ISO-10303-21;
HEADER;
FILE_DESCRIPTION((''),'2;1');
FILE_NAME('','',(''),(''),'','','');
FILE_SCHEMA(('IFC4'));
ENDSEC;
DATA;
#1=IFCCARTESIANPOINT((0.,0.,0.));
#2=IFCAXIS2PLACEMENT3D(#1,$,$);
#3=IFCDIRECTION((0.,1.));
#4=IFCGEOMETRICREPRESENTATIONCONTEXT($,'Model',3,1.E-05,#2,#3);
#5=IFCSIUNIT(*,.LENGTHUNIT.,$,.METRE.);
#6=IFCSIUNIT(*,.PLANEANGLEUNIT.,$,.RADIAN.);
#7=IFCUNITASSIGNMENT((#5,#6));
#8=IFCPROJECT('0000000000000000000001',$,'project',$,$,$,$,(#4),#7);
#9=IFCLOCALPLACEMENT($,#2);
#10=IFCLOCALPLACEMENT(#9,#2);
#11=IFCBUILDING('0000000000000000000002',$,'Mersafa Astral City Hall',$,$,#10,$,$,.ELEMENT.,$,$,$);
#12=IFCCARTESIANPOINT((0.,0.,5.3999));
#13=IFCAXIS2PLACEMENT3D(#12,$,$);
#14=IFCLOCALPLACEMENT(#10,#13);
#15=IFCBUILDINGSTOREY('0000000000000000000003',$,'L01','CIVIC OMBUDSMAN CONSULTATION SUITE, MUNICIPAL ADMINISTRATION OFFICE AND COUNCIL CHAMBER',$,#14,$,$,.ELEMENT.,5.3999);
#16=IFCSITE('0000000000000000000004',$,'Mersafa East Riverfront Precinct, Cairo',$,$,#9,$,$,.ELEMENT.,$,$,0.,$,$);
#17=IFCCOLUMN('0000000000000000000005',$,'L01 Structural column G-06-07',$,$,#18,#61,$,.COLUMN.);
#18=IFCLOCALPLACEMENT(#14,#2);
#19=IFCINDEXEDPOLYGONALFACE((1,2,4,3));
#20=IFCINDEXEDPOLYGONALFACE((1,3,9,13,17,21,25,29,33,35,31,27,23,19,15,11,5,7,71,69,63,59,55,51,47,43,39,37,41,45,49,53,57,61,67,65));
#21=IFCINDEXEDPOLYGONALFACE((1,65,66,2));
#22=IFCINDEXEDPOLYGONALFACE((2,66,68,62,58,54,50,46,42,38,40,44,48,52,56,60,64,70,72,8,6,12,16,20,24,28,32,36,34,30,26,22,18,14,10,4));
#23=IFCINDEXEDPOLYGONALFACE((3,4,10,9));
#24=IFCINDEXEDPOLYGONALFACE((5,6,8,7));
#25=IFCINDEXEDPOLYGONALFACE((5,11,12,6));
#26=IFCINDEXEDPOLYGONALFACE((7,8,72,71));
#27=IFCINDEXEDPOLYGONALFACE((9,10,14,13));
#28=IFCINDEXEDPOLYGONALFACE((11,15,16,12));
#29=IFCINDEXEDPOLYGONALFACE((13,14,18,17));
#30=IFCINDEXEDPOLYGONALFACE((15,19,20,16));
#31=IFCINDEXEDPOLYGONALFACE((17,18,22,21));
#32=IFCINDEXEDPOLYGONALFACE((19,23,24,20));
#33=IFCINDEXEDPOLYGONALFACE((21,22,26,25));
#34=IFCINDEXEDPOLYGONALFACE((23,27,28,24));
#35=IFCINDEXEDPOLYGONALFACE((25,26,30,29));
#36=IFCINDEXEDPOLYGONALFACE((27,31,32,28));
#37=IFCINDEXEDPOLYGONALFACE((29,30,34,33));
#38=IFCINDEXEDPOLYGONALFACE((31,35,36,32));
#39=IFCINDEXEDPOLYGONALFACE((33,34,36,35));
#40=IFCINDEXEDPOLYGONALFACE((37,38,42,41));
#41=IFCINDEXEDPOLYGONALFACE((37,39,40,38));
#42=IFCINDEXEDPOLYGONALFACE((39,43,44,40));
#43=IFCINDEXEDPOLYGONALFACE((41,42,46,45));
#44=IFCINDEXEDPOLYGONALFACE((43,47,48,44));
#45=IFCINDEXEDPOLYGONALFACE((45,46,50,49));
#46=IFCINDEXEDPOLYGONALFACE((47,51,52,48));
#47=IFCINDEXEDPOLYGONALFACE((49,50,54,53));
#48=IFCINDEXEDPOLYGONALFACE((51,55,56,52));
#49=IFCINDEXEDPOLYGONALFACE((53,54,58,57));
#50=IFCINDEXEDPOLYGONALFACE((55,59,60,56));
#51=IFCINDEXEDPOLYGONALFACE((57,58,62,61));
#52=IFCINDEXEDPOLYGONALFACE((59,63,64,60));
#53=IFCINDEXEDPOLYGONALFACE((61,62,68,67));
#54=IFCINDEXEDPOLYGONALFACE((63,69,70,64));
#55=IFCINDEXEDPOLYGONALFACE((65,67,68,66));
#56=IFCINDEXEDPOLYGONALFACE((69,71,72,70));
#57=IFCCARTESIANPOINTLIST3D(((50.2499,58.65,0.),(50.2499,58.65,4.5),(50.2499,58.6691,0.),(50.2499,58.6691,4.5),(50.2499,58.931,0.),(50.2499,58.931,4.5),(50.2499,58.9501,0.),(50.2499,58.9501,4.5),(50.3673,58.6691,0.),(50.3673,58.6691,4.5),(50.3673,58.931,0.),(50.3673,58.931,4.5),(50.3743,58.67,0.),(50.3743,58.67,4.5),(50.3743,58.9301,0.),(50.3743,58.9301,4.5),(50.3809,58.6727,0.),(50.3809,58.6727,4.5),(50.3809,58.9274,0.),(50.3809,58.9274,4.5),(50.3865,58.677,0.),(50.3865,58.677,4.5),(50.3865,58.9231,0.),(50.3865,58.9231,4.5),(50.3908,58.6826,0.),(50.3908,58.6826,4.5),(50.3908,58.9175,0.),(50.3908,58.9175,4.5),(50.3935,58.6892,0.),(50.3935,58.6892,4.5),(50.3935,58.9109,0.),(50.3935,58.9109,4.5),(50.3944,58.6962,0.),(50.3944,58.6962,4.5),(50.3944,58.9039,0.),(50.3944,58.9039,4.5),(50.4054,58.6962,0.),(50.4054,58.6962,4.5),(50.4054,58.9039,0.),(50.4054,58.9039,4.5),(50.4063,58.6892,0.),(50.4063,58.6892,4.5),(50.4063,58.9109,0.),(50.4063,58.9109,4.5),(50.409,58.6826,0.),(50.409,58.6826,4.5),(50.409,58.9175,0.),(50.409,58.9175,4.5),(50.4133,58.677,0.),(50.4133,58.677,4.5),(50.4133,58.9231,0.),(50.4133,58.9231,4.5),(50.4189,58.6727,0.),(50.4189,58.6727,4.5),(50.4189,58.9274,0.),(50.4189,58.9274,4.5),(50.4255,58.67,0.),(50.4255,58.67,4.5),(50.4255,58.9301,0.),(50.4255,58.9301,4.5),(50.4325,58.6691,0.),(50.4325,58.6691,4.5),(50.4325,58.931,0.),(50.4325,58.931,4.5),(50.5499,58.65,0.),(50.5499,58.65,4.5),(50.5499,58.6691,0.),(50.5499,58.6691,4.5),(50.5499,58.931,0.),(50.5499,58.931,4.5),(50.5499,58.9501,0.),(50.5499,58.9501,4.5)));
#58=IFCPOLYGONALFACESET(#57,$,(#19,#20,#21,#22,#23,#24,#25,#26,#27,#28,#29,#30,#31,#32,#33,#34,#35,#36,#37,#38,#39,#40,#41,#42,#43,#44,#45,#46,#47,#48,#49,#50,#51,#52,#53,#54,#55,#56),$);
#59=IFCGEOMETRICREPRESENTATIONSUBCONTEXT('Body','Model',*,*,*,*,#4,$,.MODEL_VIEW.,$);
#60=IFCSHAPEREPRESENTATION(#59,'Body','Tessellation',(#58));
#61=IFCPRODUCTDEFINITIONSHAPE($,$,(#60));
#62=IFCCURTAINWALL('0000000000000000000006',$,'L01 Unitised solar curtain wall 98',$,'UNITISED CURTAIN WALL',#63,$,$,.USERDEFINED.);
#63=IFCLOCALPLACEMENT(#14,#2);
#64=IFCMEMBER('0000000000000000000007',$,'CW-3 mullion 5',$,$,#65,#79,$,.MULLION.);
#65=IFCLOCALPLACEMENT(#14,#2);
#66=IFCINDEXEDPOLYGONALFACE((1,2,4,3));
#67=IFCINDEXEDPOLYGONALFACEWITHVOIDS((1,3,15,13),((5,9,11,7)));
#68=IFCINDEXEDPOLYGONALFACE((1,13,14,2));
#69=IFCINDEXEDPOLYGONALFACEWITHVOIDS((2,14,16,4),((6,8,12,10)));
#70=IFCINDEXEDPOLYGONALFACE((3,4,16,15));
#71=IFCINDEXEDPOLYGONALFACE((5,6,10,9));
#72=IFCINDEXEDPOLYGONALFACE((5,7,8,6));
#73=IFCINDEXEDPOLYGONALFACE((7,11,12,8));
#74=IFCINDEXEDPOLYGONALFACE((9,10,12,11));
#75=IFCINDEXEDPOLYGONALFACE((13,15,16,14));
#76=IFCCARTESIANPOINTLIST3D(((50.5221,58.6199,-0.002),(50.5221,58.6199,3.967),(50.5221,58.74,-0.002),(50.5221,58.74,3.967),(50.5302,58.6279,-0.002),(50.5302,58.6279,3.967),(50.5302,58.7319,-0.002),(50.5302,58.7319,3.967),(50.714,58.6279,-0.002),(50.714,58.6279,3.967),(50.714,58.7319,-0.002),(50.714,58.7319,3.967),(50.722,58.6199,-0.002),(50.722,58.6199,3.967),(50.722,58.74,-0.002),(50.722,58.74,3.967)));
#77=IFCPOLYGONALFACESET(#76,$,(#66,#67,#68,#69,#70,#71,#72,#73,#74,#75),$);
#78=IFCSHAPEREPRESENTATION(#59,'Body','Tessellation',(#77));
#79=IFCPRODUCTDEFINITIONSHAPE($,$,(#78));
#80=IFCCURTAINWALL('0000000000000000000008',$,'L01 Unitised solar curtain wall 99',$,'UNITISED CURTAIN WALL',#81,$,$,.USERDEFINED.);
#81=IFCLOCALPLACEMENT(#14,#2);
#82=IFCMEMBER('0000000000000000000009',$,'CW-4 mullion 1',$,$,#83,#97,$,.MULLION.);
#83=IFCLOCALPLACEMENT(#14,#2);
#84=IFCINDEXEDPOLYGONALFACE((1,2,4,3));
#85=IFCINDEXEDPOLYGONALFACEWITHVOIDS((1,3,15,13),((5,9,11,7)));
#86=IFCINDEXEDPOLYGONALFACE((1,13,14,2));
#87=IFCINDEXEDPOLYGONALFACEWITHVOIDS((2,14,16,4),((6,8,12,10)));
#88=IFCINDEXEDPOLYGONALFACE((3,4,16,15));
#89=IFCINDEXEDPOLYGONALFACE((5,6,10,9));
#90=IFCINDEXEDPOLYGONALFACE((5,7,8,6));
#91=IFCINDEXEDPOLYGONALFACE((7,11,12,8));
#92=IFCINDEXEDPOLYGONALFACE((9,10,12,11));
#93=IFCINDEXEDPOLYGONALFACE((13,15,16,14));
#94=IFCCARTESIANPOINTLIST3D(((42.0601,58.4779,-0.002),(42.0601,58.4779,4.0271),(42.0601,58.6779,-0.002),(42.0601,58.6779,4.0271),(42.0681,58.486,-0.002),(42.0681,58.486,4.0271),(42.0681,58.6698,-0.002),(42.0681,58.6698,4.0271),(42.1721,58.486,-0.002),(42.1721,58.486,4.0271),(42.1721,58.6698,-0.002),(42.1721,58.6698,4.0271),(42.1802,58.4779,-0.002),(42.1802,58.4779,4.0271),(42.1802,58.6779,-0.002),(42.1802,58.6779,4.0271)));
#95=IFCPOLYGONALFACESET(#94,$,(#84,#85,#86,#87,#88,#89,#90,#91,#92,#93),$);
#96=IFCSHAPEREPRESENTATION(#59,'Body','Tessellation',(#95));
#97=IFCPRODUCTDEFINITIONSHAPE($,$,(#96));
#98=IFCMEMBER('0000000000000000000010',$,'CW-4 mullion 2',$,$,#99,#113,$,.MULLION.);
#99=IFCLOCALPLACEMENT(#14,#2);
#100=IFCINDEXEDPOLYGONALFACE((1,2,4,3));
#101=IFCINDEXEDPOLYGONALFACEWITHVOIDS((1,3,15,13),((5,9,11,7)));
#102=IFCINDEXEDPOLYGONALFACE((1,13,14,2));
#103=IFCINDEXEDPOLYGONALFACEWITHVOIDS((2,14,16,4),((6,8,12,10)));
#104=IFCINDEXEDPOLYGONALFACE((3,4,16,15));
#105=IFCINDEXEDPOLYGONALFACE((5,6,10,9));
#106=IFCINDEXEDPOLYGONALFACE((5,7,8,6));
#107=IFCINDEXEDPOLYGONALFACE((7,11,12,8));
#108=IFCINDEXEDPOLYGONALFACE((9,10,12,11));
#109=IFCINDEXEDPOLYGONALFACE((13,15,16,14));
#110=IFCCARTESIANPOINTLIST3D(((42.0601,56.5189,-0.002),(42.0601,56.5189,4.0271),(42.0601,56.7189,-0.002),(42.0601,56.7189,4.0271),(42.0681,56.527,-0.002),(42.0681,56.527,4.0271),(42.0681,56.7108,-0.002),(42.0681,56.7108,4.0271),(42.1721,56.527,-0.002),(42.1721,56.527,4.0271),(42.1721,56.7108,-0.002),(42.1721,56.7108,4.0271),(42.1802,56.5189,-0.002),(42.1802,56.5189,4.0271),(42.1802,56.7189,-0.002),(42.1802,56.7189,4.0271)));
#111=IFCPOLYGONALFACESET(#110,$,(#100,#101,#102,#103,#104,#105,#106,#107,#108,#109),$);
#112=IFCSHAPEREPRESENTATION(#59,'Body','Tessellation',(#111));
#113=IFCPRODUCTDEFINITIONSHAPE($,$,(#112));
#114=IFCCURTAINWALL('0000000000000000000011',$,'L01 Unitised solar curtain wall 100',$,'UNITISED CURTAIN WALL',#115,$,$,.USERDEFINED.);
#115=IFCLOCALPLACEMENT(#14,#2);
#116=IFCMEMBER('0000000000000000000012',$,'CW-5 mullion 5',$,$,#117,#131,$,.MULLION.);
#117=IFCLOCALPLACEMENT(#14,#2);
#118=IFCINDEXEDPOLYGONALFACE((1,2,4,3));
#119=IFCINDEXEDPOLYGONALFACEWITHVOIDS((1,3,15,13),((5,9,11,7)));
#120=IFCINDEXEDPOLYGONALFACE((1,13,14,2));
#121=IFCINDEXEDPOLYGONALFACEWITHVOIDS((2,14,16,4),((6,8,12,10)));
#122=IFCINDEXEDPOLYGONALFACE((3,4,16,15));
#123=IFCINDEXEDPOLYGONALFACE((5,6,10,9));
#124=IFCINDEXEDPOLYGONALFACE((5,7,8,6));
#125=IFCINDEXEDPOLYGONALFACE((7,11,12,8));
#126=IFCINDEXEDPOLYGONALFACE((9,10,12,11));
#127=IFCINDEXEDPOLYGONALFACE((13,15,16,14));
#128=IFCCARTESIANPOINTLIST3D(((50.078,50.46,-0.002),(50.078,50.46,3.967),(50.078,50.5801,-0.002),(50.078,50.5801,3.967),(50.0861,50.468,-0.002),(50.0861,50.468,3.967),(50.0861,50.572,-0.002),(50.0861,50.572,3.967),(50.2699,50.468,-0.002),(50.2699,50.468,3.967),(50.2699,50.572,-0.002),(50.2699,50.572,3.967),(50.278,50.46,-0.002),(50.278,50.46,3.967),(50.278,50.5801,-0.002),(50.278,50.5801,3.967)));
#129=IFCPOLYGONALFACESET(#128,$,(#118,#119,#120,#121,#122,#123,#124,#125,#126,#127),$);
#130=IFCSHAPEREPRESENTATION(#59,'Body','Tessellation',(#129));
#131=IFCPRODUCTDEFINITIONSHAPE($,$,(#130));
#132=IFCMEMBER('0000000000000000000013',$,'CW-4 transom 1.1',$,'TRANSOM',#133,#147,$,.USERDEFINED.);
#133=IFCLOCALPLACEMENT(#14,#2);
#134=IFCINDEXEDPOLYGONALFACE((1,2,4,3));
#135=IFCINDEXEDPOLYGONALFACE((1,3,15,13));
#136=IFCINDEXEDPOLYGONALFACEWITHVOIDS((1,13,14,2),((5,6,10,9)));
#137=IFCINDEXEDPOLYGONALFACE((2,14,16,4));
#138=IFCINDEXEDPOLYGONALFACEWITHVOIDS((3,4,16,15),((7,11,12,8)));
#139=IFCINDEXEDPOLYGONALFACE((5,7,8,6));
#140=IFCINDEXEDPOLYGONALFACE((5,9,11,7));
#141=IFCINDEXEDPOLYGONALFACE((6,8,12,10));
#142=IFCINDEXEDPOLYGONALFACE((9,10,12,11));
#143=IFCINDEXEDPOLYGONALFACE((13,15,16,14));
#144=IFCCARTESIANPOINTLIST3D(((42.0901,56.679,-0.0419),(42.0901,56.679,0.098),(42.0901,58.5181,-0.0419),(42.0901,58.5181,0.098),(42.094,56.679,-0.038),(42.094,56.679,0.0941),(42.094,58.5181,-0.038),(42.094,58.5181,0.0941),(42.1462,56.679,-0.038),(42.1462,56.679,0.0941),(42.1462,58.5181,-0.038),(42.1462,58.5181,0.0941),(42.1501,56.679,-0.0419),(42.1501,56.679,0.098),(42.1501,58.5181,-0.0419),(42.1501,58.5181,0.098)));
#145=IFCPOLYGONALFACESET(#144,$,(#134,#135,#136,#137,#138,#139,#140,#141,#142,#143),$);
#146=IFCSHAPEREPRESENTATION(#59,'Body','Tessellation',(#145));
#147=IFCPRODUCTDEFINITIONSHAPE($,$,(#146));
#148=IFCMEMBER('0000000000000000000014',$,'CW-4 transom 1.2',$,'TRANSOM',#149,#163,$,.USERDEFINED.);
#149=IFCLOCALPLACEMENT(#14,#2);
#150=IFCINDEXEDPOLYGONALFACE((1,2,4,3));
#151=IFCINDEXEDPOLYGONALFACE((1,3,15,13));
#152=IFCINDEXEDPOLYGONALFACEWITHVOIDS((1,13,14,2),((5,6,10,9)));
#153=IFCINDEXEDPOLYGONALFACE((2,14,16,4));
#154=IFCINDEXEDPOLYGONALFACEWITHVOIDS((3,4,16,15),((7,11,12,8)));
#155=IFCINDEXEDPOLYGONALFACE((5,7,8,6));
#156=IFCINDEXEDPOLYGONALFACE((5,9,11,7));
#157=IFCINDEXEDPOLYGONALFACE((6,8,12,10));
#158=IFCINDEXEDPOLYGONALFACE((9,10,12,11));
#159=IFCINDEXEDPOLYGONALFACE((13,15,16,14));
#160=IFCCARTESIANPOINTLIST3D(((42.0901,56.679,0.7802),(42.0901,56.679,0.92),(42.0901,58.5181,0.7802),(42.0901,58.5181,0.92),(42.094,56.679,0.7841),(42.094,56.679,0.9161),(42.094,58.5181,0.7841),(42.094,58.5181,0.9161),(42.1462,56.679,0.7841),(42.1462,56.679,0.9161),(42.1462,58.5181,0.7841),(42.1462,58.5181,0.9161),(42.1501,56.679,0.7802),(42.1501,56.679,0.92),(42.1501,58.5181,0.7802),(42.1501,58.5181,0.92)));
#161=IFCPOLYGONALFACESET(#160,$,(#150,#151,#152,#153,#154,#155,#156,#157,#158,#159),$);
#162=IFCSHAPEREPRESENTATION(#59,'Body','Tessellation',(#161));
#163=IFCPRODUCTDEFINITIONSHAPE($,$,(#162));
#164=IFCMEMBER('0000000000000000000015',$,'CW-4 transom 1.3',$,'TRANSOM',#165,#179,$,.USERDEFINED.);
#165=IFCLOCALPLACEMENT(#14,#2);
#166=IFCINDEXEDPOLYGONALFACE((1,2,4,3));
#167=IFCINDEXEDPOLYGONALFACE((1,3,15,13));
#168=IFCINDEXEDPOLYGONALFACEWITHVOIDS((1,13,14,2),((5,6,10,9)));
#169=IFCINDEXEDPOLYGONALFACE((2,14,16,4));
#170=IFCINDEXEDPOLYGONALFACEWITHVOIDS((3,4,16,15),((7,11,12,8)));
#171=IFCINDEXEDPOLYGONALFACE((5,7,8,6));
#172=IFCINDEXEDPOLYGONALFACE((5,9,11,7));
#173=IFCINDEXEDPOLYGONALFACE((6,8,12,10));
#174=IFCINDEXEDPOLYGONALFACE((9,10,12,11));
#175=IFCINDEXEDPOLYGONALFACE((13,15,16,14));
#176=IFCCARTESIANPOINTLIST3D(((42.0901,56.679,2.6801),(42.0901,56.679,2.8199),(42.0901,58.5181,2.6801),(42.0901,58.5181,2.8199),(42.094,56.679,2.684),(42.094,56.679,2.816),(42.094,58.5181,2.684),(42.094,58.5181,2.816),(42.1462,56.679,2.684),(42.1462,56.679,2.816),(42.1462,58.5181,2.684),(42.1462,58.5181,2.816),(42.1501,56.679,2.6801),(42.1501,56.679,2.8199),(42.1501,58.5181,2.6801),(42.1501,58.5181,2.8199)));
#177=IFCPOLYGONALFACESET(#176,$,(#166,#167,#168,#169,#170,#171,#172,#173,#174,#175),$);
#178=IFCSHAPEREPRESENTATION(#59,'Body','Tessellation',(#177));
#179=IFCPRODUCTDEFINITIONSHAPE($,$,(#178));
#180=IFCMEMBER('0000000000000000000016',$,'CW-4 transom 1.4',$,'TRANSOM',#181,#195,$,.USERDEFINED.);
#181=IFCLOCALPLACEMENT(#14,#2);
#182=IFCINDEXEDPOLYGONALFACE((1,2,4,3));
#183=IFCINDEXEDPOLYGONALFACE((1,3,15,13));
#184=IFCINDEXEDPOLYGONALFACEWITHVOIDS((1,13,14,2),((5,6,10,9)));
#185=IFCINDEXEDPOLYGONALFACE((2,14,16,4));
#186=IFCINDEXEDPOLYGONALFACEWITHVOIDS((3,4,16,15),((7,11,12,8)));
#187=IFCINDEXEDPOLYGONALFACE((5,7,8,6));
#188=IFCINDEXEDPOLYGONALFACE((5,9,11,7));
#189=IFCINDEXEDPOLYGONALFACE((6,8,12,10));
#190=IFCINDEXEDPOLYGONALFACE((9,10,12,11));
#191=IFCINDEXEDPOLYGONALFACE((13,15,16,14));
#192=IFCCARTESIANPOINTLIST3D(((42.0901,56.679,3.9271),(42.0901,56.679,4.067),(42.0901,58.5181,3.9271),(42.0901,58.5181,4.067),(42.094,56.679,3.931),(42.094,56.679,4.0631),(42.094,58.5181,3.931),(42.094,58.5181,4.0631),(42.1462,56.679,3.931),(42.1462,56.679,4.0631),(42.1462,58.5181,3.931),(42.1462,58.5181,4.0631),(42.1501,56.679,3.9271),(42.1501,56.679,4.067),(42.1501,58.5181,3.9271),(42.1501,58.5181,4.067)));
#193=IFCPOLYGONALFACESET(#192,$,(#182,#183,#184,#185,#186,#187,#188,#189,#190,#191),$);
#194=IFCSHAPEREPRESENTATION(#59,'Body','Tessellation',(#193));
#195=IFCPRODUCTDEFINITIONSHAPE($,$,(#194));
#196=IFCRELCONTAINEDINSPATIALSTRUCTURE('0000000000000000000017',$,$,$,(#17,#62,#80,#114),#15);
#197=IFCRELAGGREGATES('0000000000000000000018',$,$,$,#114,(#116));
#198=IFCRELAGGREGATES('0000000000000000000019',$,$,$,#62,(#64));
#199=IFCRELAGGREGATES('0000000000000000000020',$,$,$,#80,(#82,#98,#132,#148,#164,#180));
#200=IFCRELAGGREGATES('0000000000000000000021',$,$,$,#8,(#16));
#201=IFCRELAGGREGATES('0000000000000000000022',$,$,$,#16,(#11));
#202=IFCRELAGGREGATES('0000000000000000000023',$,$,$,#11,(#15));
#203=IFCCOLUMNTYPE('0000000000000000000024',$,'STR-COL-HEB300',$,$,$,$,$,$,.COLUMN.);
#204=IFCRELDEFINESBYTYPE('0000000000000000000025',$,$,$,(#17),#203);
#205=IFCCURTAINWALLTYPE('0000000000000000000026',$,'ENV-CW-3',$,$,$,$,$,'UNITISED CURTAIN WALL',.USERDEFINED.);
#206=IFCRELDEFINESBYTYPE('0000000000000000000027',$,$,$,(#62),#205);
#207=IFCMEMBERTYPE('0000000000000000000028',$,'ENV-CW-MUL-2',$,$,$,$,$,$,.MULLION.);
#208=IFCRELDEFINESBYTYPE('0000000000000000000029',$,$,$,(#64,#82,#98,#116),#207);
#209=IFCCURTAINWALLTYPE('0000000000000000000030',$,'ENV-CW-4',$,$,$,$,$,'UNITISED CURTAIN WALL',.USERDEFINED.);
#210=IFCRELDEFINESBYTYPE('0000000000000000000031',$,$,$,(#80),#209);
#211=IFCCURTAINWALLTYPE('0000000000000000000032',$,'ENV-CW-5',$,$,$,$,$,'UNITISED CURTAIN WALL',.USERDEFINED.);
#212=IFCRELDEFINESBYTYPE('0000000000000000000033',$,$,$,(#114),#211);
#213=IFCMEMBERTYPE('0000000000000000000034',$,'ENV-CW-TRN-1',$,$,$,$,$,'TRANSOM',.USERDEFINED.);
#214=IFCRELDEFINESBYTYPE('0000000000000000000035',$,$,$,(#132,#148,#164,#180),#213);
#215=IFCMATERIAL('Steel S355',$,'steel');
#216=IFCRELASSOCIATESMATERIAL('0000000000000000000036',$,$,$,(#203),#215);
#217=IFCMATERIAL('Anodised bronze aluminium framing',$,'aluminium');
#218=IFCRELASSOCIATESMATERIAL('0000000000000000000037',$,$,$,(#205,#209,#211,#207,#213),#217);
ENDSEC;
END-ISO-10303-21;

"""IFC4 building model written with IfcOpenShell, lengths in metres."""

from ifc_helpers import new_model, si_unit, direction, frame, origin, origin_2d, place, context, subcontext, project, spatial, hollow_rectangle, i_section, extrude, material, material_profile, profile_set, type_object, element, aggregate, save


model = new_model("IFC4")

# Units and contexts
model_context = context("Model", 3, precision=1e-05, world=origin(), true_north=direction((0.0, 1.0)))
body_context = subcontext(model_context, "Body", "Model", "MODEL_VIEW")
ifc_project = project(units=[si_unit("LENGTHUNIT", "METRE"), si_unit("PLANEANGLEUNIT", "RADIAN")], contexts=[model_context])

# Site, building, storey
site_placement = place(None, origin())
site = spatial("IfcSite", under=ifc_project, at=site_placement, Name="Mersafa East Riverfront Precinct, Cairo", CompositionType="ELEMENT", RefElevation=0.0)
building_placement = place(site_placement, origin())
building = spatial("IfcBuilding", under=site, at=building_placement, Name="Mersafa Astral City Hall", CompositionType="ELEMENT")
storey_placement = place(building_placement, frame((0.0, 0.0, 5.3999)))
storey = spatial("IfcBuildingStorey", under=building, at=storey_placement, Name="L01", Description="CIVIC OMBUDSMAN CONSULTATION SUITE, MUNICIPAL ADMINISTRATION OFFICE AND COUNCIL CHAMBER", CompositionType="ELEMENT", Elevation=5.3999)

# Column
ifc_material_1 = material(Name="Steel S355", Category="steel")
ifc_material_profile_1 = material_profile(ifc_material_1, i_section(OverallWidth=0.3, OverallDepth=0.3, WebThickness=0.011, FlangeThickness=0.019, FilletRadius=0.0271, at=origin_2d()), Name="HEB 300")
ifc_profile_set_1 = profile_set([ifc_material_profile_1], Name="Steel S355")
column_type = type_object("IfcColumnType", Name="STR-COL-HEB300", PredefinedType="COLUMN", material=ifc_profile_set_1)
column_placement = place(storey_placement, frame((50.3999, 58.8, 0.0), z_axis=(0.0, 0.0, 1.0), x_axis=(1.0, 0.0, 0.0)))
element("IfcColumn", 1, at=column_placement, inside=storey, type_object=column_type, Name="L01 Structural column G-06-07", PredefinedType="COLUMN", context=body_context, shape_type="SweptSolid", body=[
    extrude(i_section(OverallWidth=0.3, OverallDepth=0.3, WebThickness=0.011, FlangeThickness=0.019, FilletRadius=0.0271, at=origin_2d()), origin(), (0.0, 0.0, 1.0), 4.5),
])

# Curtain wall, member
ifc_material_2 = material(Name="Anodised bronze aluminium framing", Category="aluminium")
curtain_wall_type_1 = type_object("IfcCurtainWallType", Name="ENV-CW-3", ElementType="UNITISED CURTAIN WALL", PredefinedType="USERDEFINED", material=ifc_material_2)
curtain_wall_1_placement = place(storey_placement, origin())
curtain_wall_1 = element("IfcCurtainWall", 2, at=curtain_wall_1_placement, inside=storey, type_object=curtain_wall_type_1, Name="L01 Unitised solar curtain wall 98", ObjectType="UNITISED CURTAIN WALL", PredefinedType="USERDEFINED")
ifc_material_profile_2 = material_profile(ifc_material_2, hollow_rectangle(XDim=0.1201, YDim=0.2, WallThickness=0.0081, at=origin_2d()), Name="RHS 120x200x8")
ifc_profile_set_2 = profile_set([ifc_material_profile_2], Name="Anodised bronze aluminium framing")
member_type_1 = type_object("IfcMemberType", Name="ENV-CW-MUL-2", PredefinedType="MULLION", material=ifc_profile_set_2)
member_1_placement = place(storey_placement, frame((50.6221, 58.6799, -0.002), z_axis=(0.0, 0.0, 1.0), x_axis=(0.0, -1.0, 0.0)))
member_1 = element("IfcMember", 3, at=member_1_placement, type_object=member_type_1, Name="CW-3 mullion 5", PredefinedType="MULLION", context=body_context, shape_type="SweptSolid", body=[
    extrude(hollow_rectangle(XDim=0.1201, YDim=0.2, WallThickness=0.0081, at=origin_2d()), origin(), (0.0, 0.0, 1.0), 3.969),
])

# Curtain wall, members
curtain_wall_type_2 = type_object("IfcCurtainWallType", Name="ENV-CW-4", ElementType="UNITISED CURTAIN WALL", PredefinedType="USERDEFINED", material=ifc_material_2)
curtain_wall_2_placement = place(storey_placement, origin())
curtain_wall_2 = element("IfcCurtainWall", 4, at=curtain_wall_2_placement, inside=storey, type_object=curtain_wall_type_2, Name="L01 Unitised solar curtain wall 99", ObjectType="UNITISED CURTAIN WALL", PredefinedType="USERDEFINED")
member_2_placement = place(storey_placement, frame((42.1201, 58.5779, -0.002), z_axis=(0.0, 0.0, 1.0), x_axis=(1.0, 0.0, 0.0)))
member_2 = element("IfcMember", 5, at=member_2_placement, type_object=member_type_1, Name="CW-4 mullion 1", PredefinedType="MULLION", context=body_context, shape_type="SweptSolid", body=[
    extrude(hollow_rectangle(XDim=0.1201, YDim=0.2, WallThickness=0.0081, at=origin_2d()), origin(), (0.0, 0.0, 1.0), 4.0291),
])
member_3_placement = place(storey_placement, frame((42.1201, 56.6189, -0.002), z_axis=(0.0, 0.0, 1.0), x_axis=(1.0, 0.0, 0.0)))
member_3 = element("IfcMember", 6, at=member_3_placement, type_object=member_type_1, Name="CW-4 mullion 2", PredefinedType="MULLION", context=body_context, shape_type="SweptSolid", body=[
    extrude(hollow_rectangle(XDim=0.1201, YDim=0.2, WallThickness=0.0081, at=origin_2d()), origin(), (0.0, 0.0, 1.0), 4.0291),
])

# Curtain wall, member
curtain_wall_type_3 = type_object("IfcCurtainWallType", Name="ENV-CW-5", ElementType="UNITISED CURTAIN WALL", PredefinedType="USERDEFINED", material=ifc_material_2)
curtain_wall_3_placement = place(storey_placement, origin())
curtain_wall_3 = element("IfcCurtainWall", 7, at=curtain_wall_3_placement, inside=storey, type_object=curtain_wall_type_3, Name="L01 Unitised solar curtain wall 100", ObjectType="UNITISED CURTAIN WALL", PredefinedType="USERDEFINED")
member_4_placement = place(storey_placement, frame((50.178, 50.52, -0.002), z_axis=(0.0, 0.0, 1.0), x_axis=(0.0, 1.0, 0.0)))
member_4 = element("IfcMember", 8, at=member_4_placement, type_object=member_type_1, Name="CW-5 mullion 5", PredefinedType="MULLION", context=body_context, shape_type="SweptSolid", body=[
    extrude(hollow_rectangle(XDim=0.1201, YDim=0.2, WallThickness=0.0081, at=origin_2d()), origin(), (0.0, 0.0, 1.0), 3.969),
])

# Members
ifc_material_profile_3 = material_profile(ifc_material_2, hollow_rectangle(XDim=0.0601, YDim=0.1399, WallThickness=0.0039, at=origin_2d()), Name="RHS 60x140x4")
ifc_profile_set_3 = profile_set([ifc_material_profile_3], Name="Anodised bronze aluminium framing")
member_type_2 = type_object("IfcMemberType", Name="ENV-CW-TRN-1", ElementType="TRANSOM", PredefinedType="USERDEFINED", material=ifc_profile_set_3)
member_5_placement = place(storey_placement, frame((42.1201, 58.5181, 0.0281), z_axis=(0.0, -1.0, 0.0), x_axis=(1.0, 0.0, 0.0)))
member_5 = element("IfcMember", 9, at=member_5_placement, type_object=member_type_2, Name="CW-4 transom 1.1", ObjectType="TRANSOM", PredefinedType="USERDEFINED", context=body_context, shape_type="SweptSolid", body=[
    extrude(hollow_rectangle(XDim=0.0601, YDim=0.1399, WallThickness=0.0039, at=origin_2d()), origin(), (0.0, 0.0, 1.0), 1.8391),
])
member_6_placement = place(storey_placement, frame((42.1201, 58.5181, 0.8501), z_axis=(0.0, -1.0, 0.0), x_axis=(1.0, 0.0, 0.0)))
member_6 = element("IfcMember", 10, at=member_6_placement, type_object=member_type_2, Name="CW-4 transom 1.2", ObjectType="TRANSOM", PredefinedType="USERDEFINED", context=body_context, shape_type="SweptSolid", body=[
    extrude(hollow_rectangle(XDim=0.0601, YDim=0.1399, WallThickness=0.0039, at=origin_2d()), origin(), (0.0, 0.0, 1.0), 1.8391),
])
member_7_placement = place(storey_placement, frame((42.1201, 58.5181, 2.75), z_axis=(0.0, -1.0, 0.0), x_axis=(1.0, 0.0, 0.0)))
member_7 = element("IfcMember", 11, at=member_7_placement, type_object=member_type_2, Name="CW-4 transom 1.3", ObjectType="TRANSOM", PredefinedType="USERDEFINED", context=body_context, shape_type="SweptSolid", body=[
    extrude(hollow_rectangle(XDim=0.0601, YDim=0.1399, WallThickness=0.0039, at=origin_2d()), origin(), (0.0, 0.0, 1.0), 1.8391),
])
member_8_placement = place(storey_placement, frame((42.1201, 58.5181, 3.9971), z_axis=(0.0, -1.0, 0.0), x_axis=(1.0, 0.0, 0.0)))
member_8 = element("IfcMember", 12, at=member_8_placement, type_object=member_type_2, Name="CW-4 transom 1.4", ObjectType="TRANSOM", PredefinedType="USERDEFINED", context=body_context, shape_type="SweptSolid", body=[
    extrude(hollow_rectangle(XDim=0.0601, YDim=0.1399, WallThickness=0.0039, at=origin_2d()), origin(), (0.0, 0.0, 1.0), 1.8391),
])

aggregate(curtain_wall_3, [member_4])
aggregate(curtain_wall_1, [member_1])
aggregate(curtain_wall_2, [member_2, member_3, member_5, member_6, member_7, member_8])

save(model, "model.ifc")
